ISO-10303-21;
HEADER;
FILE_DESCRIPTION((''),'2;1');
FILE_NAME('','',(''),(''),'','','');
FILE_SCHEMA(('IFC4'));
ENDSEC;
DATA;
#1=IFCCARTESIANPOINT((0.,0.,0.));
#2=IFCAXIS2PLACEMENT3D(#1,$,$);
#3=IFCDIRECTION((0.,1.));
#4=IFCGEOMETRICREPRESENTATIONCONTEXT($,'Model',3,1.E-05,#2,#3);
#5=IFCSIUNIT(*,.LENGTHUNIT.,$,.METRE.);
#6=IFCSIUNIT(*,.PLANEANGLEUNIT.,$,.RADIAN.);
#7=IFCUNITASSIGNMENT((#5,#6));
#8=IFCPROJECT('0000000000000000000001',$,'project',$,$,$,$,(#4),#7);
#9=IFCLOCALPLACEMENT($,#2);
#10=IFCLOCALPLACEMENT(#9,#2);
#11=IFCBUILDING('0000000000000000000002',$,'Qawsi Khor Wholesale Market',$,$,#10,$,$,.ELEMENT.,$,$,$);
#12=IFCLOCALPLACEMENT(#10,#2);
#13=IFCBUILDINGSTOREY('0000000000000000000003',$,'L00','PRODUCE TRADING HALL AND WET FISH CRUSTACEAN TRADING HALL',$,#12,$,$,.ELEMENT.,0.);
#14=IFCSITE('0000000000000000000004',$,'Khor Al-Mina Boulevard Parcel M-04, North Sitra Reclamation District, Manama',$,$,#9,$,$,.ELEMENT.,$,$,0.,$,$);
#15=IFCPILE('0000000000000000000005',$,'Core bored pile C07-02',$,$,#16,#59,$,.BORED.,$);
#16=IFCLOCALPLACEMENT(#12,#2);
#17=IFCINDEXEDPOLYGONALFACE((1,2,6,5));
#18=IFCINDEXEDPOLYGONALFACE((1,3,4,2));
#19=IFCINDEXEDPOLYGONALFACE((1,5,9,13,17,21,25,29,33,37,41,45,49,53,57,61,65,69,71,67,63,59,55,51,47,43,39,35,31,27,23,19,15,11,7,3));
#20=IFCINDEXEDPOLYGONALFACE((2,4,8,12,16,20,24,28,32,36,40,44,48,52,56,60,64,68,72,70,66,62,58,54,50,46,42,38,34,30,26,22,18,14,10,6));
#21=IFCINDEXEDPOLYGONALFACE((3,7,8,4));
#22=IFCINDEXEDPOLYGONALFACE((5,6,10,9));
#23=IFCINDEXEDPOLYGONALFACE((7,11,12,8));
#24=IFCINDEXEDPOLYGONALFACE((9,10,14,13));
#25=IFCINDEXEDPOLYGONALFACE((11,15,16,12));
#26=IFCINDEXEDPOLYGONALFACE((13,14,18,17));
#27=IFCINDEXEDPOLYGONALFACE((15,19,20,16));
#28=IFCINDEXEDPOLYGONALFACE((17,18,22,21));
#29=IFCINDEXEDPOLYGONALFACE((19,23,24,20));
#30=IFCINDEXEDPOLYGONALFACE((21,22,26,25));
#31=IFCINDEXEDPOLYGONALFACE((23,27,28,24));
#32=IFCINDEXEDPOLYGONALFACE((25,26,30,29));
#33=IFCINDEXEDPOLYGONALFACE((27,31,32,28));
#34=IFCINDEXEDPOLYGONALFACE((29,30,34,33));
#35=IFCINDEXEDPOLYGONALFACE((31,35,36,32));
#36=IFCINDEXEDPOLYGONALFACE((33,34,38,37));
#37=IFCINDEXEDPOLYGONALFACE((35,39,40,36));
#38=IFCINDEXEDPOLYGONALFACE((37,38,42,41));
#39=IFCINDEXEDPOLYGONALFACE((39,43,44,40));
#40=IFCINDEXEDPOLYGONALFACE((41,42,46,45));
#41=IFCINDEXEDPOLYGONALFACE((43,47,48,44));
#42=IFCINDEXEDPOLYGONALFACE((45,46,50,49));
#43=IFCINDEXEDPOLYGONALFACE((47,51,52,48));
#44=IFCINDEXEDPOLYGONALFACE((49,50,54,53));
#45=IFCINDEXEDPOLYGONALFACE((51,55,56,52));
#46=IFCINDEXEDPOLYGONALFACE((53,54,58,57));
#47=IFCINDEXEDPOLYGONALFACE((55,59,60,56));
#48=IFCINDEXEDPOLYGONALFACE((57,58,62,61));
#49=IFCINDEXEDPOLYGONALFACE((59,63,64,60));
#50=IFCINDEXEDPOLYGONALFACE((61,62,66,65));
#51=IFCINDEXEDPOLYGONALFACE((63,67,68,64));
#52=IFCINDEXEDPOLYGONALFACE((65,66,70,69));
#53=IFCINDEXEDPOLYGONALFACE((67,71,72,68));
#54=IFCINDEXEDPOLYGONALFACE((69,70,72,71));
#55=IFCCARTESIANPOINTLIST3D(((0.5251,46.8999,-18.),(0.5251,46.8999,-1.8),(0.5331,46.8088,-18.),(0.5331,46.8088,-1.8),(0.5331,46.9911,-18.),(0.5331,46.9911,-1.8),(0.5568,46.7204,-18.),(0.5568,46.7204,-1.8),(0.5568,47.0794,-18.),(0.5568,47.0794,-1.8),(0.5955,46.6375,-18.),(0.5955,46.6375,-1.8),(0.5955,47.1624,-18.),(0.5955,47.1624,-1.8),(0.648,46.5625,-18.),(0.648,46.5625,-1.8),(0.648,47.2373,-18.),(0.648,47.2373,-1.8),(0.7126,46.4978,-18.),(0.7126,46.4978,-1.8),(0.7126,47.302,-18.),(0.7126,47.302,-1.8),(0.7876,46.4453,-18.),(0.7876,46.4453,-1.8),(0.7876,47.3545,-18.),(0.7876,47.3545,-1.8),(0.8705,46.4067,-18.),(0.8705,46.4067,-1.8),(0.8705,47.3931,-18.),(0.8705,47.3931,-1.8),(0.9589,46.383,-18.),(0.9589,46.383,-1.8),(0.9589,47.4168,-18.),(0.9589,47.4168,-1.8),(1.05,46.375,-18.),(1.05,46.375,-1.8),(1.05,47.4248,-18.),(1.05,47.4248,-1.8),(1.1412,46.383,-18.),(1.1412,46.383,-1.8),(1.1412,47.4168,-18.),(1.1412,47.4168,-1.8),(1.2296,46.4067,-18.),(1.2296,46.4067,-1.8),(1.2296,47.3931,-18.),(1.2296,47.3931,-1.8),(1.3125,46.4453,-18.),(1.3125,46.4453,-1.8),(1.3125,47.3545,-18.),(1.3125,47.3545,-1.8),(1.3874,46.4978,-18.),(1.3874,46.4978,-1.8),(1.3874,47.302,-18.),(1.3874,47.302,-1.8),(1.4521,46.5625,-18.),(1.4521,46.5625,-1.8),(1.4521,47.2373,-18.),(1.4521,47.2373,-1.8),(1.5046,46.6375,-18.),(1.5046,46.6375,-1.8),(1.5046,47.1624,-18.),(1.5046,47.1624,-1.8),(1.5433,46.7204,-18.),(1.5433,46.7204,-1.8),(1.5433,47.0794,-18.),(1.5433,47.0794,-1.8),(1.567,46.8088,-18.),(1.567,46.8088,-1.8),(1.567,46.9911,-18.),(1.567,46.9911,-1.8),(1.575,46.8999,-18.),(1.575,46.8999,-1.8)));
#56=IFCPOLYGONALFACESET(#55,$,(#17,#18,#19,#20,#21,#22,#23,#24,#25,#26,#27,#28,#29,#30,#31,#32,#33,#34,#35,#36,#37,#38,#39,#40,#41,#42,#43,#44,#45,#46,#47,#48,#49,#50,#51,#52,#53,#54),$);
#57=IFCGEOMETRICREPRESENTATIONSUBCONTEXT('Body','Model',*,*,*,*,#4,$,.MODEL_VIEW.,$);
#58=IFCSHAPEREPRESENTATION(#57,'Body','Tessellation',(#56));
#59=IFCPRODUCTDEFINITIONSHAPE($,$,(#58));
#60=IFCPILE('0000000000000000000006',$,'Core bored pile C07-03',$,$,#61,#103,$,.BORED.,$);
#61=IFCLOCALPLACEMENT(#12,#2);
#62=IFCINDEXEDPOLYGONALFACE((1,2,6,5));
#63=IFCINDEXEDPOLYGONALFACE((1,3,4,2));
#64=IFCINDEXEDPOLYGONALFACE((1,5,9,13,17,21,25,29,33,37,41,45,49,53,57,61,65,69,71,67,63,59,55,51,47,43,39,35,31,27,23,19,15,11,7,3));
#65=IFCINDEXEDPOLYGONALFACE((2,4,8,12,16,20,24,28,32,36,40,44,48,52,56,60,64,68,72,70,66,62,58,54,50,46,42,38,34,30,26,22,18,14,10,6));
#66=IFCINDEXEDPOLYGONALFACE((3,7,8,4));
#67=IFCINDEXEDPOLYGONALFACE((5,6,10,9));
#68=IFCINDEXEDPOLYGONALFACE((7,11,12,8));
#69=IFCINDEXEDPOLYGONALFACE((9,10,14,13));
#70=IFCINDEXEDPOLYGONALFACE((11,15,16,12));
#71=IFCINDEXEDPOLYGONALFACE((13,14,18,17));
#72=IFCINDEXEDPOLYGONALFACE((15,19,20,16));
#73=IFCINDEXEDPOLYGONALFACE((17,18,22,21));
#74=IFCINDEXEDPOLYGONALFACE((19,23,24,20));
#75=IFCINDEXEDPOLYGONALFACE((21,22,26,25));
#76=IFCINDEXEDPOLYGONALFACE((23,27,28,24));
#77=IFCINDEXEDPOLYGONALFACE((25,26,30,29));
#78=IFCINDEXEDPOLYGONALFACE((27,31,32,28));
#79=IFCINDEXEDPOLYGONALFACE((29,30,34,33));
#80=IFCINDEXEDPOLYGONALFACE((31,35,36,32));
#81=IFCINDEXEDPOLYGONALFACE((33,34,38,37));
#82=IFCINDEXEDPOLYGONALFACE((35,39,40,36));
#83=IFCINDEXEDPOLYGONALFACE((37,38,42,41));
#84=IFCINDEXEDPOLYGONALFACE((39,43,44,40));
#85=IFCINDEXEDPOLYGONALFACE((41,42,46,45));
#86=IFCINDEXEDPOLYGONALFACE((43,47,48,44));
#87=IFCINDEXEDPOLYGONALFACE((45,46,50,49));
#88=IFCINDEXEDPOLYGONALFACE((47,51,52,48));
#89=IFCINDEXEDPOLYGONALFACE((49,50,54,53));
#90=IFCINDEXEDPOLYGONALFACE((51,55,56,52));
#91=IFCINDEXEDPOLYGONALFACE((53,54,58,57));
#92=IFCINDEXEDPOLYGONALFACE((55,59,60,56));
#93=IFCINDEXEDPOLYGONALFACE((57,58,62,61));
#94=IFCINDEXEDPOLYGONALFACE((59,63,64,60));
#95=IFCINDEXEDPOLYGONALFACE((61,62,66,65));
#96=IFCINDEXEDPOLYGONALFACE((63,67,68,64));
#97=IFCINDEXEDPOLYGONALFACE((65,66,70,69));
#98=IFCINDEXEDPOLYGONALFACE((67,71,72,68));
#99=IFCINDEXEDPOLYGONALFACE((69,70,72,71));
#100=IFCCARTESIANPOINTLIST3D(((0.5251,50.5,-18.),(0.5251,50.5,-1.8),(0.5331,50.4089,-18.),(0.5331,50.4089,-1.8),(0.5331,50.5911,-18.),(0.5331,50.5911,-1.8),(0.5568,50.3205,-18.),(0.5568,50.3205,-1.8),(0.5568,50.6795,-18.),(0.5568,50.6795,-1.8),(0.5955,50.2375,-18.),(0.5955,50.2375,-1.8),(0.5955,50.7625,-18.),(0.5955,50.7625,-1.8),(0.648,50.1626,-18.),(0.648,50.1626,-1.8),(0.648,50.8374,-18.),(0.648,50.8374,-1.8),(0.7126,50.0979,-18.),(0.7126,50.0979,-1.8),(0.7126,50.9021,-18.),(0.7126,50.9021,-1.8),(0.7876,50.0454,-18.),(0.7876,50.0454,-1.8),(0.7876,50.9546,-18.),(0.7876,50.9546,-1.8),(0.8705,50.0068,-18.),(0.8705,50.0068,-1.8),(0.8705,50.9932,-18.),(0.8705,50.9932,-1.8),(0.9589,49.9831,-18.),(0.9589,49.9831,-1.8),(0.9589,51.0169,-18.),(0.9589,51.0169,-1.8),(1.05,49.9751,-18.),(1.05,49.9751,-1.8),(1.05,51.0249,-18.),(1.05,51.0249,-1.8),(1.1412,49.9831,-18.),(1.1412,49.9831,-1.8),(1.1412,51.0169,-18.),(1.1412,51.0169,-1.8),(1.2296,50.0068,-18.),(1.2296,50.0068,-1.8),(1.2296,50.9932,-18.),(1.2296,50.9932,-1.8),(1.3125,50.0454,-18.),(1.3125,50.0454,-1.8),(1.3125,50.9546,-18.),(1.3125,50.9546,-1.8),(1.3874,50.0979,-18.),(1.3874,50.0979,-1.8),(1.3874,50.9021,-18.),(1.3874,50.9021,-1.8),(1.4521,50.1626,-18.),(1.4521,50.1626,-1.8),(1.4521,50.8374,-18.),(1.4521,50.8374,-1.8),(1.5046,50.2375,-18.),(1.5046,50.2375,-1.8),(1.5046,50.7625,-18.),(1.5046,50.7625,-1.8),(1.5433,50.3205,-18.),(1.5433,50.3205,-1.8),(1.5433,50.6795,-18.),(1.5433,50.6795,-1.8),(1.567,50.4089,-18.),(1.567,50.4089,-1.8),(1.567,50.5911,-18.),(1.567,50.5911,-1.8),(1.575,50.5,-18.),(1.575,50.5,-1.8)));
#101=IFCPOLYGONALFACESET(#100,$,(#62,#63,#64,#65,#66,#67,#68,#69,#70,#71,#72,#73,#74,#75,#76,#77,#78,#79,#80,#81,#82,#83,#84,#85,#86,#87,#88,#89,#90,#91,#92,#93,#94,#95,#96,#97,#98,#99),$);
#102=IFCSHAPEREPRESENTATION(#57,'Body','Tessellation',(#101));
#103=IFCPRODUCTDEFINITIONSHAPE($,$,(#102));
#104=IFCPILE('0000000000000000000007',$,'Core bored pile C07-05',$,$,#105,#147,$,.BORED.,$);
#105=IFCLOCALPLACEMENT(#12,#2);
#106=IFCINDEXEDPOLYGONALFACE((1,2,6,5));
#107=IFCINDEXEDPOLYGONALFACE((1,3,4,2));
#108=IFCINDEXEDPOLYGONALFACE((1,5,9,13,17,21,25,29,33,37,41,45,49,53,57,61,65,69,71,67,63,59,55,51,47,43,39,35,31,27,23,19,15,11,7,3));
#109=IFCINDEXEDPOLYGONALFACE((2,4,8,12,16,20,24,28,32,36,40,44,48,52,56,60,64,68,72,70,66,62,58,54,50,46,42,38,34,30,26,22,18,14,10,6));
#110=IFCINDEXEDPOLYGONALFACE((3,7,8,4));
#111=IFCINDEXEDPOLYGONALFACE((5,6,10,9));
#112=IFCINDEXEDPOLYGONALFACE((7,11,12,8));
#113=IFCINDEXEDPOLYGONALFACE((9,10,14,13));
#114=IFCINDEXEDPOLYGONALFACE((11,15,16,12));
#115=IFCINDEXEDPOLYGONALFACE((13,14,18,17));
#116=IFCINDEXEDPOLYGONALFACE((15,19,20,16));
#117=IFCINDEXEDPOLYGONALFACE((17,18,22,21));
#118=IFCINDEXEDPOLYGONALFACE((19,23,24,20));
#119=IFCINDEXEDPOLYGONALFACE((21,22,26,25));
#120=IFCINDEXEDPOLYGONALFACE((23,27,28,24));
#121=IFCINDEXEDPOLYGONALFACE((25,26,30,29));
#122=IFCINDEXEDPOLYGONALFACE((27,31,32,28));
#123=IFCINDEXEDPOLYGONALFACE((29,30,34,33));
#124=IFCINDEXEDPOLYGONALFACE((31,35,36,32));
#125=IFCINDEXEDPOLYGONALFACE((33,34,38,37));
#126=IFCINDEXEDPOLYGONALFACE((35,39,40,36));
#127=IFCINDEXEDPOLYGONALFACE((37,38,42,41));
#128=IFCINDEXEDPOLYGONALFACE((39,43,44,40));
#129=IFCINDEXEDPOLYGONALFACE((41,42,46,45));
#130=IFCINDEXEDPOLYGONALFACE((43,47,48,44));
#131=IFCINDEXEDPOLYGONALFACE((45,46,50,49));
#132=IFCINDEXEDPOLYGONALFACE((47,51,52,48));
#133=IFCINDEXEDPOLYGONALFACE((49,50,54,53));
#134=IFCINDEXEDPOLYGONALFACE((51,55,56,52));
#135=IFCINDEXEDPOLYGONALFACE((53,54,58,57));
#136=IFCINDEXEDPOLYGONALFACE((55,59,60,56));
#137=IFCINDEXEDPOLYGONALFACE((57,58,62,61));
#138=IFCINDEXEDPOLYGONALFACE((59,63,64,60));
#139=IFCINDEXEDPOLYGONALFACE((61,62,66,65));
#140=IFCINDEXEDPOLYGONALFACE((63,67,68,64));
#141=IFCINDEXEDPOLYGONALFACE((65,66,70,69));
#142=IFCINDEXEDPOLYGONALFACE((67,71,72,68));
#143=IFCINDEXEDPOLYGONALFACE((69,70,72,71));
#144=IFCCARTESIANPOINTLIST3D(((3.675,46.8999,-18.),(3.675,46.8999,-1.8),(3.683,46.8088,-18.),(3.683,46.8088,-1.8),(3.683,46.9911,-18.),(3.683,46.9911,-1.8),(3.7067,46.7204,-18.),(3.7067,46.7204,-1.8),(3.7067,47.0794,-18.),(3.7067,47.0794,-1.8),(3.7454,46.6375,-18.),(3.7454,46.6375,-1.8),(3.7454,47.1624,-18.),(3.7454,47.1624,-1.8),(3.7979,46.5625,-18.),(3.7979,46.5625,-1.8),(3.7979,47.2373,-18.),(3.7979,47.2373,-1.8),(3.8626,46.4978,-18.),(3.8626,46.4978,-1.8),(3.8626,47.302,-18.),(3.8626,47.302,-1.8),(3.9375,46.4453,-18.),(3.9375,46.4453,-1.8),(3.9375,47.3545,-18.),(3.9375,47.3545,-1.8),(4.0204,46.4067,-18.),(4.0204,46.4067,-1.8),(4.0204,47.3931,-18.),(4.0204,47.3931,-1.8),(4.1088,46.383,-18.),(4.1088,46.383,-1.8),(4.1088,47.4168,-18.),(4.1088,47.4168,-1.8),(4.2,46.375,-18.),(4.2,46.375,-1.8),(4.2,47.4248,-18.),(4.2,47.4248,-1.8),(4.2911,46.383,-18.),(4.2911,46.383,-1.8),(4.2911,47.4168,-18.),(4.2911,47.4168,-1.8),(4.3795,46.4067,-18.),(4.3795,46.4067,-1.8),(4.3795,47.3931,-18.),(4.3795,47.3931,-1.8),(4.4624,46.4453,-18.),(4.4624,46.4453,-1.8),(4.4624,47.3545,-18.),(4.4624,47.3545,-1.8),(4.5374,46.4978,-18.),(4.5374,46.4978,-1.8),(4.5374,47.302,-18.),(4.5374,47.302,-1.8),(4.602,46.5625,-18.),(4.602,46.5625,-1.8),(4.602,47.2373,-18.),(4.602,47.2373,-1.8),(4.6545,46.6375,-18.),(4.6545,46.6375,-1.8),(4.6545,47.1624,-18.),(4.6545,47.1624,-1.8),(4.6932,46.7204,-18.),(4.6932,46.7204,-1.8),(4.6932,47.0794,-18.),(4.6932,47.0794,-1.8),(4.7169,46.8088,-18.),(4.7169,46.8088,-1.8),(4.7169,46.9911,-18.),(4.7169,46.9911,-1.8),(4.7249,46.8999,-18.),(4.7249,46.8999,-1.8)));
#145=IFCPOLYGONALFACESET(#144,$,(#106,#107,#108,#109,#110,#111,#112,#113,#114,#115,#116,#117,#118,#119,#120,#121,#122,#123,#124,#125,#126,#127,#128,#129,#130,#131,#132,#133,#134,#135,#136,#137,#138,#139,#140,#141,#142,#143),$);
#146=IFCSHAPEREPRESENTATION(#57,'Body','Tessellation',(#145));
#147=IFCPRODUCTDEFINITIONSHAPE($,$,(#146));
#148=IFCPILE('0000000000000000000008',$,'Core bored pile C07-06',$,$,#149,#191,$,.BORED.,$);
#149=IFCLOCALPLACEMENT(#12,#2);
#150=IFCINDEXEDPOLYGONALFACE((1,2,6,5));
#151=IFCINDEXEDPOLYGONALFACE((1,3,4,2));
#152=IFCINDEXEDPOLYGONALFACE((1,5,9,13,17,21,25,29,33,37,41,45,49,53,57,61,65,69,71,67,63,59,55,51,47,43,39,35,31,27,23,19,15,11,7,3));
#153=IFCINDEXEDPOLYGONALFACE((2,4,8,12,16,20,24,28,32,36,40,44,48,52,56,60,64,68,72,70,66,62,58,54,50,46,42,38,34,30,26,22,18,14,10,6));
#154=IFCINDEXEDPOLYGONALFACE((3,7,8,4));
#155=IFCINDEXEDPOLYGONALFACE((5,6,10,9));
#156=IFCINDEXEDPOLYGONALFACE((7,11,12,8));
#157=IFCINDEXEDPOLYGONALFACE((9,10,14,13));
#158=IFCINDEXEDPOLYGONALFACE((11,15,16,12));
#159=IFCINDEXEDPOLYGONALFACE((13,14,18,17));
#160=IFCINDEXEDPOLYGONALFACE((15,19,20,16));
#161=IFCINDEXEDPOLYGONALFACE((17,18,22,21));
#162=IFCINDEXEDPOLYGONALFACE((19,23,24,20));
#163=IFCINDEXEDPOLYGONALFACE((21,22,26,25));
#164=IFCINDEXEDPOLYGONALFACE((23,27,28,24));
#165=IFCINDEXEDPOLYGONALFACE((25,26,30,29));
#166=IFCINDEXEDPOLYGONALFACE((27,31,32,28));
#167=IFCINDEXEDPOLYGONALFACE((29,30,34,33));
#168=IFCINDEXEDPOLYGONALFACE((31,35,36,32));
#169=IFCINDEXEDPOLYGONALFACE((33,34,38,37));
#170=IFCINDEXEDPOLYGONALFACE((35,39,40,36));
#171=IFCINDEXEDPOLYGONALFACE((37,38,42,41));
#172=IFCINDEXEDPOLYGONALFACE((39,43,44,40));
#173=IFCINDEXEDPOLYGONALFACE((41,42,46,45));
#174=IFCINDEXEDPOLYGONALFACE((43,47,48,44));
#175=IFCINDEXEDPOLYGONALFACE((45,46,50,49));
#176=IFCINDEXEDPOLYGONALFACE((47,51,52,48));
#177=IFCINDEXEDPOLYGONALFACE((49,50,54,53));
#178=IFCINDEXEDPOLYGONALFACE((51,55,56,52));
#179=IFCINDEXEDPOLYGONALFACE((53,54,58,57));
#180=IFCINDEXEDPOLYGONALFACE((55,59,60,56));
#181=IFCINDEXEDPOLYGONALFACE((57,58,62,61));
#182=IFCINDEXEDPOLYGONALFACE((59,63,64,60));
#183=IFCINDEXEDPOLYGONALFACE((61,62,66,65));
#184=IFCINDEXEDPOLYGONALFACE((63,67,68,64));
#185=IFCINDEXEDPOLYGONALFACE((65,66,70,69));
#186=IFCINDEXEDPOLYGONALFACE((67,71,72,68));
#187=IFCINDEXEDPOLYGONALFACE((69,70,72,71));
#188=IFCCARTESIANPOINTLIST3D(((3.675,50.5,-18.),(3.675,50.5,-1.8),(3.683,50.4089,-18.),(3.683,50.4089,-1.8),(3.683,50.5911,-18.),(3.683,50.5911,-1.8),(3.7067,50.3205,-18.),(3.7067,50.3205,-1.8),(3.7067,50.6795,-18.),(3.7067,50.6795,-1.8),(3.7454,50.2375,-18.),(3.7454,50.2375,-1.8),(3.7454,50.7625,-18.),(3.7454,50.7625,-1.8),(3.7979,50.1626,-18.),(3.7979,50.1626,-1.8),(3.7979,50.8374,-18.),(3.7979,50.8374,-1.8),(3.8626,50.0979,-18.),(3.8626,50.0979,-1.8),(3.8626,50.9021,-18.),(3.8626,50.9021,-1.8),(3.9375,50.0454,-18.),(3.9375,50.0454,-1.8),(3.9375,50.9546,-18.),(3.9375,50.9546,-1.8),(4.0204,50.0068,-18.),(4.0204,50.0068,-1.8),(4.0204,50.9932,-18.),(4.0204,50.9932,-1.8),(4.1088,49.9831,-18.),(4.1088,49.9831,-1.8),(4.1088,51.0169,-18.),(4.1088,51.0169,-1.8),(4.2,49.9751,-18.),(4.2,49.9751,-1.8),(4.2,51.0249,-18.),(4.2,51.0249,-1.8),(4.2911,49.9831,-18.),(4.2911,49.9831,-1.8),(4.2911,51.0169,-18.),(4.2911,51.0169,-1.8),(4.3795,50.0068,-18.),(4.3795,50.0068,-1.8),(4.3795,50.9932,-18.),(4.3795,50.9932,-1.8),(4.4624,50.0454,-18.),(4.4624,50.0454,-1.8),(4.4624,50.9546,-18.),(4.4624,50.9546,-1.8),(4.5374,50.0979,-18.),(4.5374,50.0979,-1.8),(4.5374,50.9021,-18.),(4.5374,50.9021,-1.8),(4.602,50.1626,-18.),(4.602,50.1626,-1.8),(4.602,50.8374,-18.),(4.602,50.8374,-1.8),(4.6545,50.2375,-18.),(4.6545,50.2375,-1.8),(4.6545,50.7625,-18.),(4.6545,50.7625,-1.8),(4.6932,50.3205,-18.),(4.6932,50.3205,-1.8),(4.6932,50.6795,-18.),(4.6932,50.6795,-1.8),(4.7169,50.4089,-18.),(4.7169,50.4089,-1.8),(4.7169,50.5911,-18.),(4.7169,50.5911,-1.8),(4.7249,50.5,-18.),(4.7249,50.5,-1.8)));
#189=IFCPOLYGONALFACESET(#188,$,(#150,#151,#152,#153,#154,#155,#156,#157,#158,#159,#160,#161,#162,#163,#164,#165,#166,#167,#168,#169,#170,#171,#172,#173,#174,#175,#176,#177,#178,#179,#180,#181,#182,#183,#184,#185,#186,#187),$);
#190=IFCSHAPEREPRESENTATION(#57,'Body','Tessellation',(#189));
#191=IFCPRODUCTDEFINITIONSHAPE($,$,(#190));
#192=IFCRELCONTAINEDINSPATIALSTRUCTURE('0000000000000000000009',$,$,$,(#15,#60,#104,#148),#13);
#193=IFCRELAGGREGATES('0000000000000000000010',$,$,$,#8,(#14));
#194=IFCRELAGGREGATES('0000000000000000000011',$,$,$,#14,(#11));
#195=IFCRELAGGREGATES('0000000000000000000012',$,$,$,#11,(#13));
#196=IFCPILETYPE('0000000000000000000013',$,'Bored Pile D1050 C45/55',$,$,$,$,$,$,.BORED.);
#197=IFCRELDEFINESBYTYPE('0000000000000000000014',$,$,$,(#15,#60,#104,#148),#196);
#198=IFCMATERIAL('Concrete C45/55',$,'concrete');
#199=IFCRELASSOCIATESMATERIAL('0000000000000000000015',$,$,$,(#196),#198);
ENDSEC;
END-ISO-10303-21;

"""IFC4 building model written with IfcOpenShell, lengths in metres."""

from ifc_helpers import new_model, si_unit, direction, frame, origin, origin_2d, place, context, subcontext, project, spatial, circle, extrude, material, material_profile, profile_set, type_object, element, save


model = new_model("IFC4")

# Units and contexts
model_context = context("Model", 3, precision=1e-05, world=origin(), true_north=direction((0.0, 1.0)))
body_context = subcontext(model_context, "Body", "Model", "MODEL_VIEW")
ifc_project = project(units=[si_unit("LENGTHUNIT", "METRE"), si_unit("PLANEANGLEUNIT", "RADIAN")], contexts=[model_context])

# Site, building, storey
site_placement = place(None, origin())
site = spatial("IfcSite", under=ifc_project, at=site_placement, Name="Khor Al-Mina Boulevard Parcel M-04, North Sitra Reclamation District, Manama", CompositionType="ELEMENT", RefElevation=0.0)
building_placement = place(site_placement, origin())
building = spatial("IfcBuilding", under=site, at=building_placement, Name="Qawsi Khor Wholesale Market", CompositionType="ELEMENT")
storey_placement = place(building_placement, origin())
storey = spatial("IfcBuildingStorey", under=building, at=storey_placement, Name="L00", Description="PRODUCE TRADING HALL AND WET FISH CRUSTACEAN TRADING HALL", CompositionType="ELEMENT", Elevation=0.0)

# Piles
ifc_material_1 = material(Name="Concrete C45/55", Category="concrete")
ifc_material_profile_1 = material_profile(ifc_material_1, circle(Radius=0.5249, at=origin_2d()), Name="PILE D1050")
ifc_profile_set_1 = profile_set([ifc_material_profile_1], Name="Concrete C45/55")
pile_type_1 = type_object("IfcPileType", Name="Bored Pile D1050 C45/55", PredefinedType="BORED", material=ifc_profile_set_1)
for number, where, z_axis, x_axis, name in (
    (1, (1.05, 46.8999, -1.8), (0.0, 0.0, -1.0), (1.0, 0.0, 0.0), "Core bored pile C07-02"),
    (2, (1.05, 50.5, -1.8), (0.0, 0.0, -1.0), (1.0, 0.0, 0.0), "Core bored pile C07-03"),
    (3, (4.2, 46.8999, -1.8), (0.0, 0.0, -1.0), (1.0, 0.0, 0.0), "Core bored pile C07-05"),
    (4, (4.2, 50.5, -1.8), (0.0, 0.0, -1.0), (1.0, 0.0, 0.0), "Core bored pile C07-06"),
):
    element("IfcPile", number, at=place(storey_placement, frame(where, z_axis=z_axis, x_axis=x_axis)), inside=storey, type_object=pile_type_1, Name=name, PredefinedType="BORED", context=body_context, shape_type="SweptSolid", body=[
        extrude(circle(Radius=0.5249, at=origin_2d()), origin(), (0.0, 0.0, 1.0), 16.2),
    ])

save(model, "model.ifc")
